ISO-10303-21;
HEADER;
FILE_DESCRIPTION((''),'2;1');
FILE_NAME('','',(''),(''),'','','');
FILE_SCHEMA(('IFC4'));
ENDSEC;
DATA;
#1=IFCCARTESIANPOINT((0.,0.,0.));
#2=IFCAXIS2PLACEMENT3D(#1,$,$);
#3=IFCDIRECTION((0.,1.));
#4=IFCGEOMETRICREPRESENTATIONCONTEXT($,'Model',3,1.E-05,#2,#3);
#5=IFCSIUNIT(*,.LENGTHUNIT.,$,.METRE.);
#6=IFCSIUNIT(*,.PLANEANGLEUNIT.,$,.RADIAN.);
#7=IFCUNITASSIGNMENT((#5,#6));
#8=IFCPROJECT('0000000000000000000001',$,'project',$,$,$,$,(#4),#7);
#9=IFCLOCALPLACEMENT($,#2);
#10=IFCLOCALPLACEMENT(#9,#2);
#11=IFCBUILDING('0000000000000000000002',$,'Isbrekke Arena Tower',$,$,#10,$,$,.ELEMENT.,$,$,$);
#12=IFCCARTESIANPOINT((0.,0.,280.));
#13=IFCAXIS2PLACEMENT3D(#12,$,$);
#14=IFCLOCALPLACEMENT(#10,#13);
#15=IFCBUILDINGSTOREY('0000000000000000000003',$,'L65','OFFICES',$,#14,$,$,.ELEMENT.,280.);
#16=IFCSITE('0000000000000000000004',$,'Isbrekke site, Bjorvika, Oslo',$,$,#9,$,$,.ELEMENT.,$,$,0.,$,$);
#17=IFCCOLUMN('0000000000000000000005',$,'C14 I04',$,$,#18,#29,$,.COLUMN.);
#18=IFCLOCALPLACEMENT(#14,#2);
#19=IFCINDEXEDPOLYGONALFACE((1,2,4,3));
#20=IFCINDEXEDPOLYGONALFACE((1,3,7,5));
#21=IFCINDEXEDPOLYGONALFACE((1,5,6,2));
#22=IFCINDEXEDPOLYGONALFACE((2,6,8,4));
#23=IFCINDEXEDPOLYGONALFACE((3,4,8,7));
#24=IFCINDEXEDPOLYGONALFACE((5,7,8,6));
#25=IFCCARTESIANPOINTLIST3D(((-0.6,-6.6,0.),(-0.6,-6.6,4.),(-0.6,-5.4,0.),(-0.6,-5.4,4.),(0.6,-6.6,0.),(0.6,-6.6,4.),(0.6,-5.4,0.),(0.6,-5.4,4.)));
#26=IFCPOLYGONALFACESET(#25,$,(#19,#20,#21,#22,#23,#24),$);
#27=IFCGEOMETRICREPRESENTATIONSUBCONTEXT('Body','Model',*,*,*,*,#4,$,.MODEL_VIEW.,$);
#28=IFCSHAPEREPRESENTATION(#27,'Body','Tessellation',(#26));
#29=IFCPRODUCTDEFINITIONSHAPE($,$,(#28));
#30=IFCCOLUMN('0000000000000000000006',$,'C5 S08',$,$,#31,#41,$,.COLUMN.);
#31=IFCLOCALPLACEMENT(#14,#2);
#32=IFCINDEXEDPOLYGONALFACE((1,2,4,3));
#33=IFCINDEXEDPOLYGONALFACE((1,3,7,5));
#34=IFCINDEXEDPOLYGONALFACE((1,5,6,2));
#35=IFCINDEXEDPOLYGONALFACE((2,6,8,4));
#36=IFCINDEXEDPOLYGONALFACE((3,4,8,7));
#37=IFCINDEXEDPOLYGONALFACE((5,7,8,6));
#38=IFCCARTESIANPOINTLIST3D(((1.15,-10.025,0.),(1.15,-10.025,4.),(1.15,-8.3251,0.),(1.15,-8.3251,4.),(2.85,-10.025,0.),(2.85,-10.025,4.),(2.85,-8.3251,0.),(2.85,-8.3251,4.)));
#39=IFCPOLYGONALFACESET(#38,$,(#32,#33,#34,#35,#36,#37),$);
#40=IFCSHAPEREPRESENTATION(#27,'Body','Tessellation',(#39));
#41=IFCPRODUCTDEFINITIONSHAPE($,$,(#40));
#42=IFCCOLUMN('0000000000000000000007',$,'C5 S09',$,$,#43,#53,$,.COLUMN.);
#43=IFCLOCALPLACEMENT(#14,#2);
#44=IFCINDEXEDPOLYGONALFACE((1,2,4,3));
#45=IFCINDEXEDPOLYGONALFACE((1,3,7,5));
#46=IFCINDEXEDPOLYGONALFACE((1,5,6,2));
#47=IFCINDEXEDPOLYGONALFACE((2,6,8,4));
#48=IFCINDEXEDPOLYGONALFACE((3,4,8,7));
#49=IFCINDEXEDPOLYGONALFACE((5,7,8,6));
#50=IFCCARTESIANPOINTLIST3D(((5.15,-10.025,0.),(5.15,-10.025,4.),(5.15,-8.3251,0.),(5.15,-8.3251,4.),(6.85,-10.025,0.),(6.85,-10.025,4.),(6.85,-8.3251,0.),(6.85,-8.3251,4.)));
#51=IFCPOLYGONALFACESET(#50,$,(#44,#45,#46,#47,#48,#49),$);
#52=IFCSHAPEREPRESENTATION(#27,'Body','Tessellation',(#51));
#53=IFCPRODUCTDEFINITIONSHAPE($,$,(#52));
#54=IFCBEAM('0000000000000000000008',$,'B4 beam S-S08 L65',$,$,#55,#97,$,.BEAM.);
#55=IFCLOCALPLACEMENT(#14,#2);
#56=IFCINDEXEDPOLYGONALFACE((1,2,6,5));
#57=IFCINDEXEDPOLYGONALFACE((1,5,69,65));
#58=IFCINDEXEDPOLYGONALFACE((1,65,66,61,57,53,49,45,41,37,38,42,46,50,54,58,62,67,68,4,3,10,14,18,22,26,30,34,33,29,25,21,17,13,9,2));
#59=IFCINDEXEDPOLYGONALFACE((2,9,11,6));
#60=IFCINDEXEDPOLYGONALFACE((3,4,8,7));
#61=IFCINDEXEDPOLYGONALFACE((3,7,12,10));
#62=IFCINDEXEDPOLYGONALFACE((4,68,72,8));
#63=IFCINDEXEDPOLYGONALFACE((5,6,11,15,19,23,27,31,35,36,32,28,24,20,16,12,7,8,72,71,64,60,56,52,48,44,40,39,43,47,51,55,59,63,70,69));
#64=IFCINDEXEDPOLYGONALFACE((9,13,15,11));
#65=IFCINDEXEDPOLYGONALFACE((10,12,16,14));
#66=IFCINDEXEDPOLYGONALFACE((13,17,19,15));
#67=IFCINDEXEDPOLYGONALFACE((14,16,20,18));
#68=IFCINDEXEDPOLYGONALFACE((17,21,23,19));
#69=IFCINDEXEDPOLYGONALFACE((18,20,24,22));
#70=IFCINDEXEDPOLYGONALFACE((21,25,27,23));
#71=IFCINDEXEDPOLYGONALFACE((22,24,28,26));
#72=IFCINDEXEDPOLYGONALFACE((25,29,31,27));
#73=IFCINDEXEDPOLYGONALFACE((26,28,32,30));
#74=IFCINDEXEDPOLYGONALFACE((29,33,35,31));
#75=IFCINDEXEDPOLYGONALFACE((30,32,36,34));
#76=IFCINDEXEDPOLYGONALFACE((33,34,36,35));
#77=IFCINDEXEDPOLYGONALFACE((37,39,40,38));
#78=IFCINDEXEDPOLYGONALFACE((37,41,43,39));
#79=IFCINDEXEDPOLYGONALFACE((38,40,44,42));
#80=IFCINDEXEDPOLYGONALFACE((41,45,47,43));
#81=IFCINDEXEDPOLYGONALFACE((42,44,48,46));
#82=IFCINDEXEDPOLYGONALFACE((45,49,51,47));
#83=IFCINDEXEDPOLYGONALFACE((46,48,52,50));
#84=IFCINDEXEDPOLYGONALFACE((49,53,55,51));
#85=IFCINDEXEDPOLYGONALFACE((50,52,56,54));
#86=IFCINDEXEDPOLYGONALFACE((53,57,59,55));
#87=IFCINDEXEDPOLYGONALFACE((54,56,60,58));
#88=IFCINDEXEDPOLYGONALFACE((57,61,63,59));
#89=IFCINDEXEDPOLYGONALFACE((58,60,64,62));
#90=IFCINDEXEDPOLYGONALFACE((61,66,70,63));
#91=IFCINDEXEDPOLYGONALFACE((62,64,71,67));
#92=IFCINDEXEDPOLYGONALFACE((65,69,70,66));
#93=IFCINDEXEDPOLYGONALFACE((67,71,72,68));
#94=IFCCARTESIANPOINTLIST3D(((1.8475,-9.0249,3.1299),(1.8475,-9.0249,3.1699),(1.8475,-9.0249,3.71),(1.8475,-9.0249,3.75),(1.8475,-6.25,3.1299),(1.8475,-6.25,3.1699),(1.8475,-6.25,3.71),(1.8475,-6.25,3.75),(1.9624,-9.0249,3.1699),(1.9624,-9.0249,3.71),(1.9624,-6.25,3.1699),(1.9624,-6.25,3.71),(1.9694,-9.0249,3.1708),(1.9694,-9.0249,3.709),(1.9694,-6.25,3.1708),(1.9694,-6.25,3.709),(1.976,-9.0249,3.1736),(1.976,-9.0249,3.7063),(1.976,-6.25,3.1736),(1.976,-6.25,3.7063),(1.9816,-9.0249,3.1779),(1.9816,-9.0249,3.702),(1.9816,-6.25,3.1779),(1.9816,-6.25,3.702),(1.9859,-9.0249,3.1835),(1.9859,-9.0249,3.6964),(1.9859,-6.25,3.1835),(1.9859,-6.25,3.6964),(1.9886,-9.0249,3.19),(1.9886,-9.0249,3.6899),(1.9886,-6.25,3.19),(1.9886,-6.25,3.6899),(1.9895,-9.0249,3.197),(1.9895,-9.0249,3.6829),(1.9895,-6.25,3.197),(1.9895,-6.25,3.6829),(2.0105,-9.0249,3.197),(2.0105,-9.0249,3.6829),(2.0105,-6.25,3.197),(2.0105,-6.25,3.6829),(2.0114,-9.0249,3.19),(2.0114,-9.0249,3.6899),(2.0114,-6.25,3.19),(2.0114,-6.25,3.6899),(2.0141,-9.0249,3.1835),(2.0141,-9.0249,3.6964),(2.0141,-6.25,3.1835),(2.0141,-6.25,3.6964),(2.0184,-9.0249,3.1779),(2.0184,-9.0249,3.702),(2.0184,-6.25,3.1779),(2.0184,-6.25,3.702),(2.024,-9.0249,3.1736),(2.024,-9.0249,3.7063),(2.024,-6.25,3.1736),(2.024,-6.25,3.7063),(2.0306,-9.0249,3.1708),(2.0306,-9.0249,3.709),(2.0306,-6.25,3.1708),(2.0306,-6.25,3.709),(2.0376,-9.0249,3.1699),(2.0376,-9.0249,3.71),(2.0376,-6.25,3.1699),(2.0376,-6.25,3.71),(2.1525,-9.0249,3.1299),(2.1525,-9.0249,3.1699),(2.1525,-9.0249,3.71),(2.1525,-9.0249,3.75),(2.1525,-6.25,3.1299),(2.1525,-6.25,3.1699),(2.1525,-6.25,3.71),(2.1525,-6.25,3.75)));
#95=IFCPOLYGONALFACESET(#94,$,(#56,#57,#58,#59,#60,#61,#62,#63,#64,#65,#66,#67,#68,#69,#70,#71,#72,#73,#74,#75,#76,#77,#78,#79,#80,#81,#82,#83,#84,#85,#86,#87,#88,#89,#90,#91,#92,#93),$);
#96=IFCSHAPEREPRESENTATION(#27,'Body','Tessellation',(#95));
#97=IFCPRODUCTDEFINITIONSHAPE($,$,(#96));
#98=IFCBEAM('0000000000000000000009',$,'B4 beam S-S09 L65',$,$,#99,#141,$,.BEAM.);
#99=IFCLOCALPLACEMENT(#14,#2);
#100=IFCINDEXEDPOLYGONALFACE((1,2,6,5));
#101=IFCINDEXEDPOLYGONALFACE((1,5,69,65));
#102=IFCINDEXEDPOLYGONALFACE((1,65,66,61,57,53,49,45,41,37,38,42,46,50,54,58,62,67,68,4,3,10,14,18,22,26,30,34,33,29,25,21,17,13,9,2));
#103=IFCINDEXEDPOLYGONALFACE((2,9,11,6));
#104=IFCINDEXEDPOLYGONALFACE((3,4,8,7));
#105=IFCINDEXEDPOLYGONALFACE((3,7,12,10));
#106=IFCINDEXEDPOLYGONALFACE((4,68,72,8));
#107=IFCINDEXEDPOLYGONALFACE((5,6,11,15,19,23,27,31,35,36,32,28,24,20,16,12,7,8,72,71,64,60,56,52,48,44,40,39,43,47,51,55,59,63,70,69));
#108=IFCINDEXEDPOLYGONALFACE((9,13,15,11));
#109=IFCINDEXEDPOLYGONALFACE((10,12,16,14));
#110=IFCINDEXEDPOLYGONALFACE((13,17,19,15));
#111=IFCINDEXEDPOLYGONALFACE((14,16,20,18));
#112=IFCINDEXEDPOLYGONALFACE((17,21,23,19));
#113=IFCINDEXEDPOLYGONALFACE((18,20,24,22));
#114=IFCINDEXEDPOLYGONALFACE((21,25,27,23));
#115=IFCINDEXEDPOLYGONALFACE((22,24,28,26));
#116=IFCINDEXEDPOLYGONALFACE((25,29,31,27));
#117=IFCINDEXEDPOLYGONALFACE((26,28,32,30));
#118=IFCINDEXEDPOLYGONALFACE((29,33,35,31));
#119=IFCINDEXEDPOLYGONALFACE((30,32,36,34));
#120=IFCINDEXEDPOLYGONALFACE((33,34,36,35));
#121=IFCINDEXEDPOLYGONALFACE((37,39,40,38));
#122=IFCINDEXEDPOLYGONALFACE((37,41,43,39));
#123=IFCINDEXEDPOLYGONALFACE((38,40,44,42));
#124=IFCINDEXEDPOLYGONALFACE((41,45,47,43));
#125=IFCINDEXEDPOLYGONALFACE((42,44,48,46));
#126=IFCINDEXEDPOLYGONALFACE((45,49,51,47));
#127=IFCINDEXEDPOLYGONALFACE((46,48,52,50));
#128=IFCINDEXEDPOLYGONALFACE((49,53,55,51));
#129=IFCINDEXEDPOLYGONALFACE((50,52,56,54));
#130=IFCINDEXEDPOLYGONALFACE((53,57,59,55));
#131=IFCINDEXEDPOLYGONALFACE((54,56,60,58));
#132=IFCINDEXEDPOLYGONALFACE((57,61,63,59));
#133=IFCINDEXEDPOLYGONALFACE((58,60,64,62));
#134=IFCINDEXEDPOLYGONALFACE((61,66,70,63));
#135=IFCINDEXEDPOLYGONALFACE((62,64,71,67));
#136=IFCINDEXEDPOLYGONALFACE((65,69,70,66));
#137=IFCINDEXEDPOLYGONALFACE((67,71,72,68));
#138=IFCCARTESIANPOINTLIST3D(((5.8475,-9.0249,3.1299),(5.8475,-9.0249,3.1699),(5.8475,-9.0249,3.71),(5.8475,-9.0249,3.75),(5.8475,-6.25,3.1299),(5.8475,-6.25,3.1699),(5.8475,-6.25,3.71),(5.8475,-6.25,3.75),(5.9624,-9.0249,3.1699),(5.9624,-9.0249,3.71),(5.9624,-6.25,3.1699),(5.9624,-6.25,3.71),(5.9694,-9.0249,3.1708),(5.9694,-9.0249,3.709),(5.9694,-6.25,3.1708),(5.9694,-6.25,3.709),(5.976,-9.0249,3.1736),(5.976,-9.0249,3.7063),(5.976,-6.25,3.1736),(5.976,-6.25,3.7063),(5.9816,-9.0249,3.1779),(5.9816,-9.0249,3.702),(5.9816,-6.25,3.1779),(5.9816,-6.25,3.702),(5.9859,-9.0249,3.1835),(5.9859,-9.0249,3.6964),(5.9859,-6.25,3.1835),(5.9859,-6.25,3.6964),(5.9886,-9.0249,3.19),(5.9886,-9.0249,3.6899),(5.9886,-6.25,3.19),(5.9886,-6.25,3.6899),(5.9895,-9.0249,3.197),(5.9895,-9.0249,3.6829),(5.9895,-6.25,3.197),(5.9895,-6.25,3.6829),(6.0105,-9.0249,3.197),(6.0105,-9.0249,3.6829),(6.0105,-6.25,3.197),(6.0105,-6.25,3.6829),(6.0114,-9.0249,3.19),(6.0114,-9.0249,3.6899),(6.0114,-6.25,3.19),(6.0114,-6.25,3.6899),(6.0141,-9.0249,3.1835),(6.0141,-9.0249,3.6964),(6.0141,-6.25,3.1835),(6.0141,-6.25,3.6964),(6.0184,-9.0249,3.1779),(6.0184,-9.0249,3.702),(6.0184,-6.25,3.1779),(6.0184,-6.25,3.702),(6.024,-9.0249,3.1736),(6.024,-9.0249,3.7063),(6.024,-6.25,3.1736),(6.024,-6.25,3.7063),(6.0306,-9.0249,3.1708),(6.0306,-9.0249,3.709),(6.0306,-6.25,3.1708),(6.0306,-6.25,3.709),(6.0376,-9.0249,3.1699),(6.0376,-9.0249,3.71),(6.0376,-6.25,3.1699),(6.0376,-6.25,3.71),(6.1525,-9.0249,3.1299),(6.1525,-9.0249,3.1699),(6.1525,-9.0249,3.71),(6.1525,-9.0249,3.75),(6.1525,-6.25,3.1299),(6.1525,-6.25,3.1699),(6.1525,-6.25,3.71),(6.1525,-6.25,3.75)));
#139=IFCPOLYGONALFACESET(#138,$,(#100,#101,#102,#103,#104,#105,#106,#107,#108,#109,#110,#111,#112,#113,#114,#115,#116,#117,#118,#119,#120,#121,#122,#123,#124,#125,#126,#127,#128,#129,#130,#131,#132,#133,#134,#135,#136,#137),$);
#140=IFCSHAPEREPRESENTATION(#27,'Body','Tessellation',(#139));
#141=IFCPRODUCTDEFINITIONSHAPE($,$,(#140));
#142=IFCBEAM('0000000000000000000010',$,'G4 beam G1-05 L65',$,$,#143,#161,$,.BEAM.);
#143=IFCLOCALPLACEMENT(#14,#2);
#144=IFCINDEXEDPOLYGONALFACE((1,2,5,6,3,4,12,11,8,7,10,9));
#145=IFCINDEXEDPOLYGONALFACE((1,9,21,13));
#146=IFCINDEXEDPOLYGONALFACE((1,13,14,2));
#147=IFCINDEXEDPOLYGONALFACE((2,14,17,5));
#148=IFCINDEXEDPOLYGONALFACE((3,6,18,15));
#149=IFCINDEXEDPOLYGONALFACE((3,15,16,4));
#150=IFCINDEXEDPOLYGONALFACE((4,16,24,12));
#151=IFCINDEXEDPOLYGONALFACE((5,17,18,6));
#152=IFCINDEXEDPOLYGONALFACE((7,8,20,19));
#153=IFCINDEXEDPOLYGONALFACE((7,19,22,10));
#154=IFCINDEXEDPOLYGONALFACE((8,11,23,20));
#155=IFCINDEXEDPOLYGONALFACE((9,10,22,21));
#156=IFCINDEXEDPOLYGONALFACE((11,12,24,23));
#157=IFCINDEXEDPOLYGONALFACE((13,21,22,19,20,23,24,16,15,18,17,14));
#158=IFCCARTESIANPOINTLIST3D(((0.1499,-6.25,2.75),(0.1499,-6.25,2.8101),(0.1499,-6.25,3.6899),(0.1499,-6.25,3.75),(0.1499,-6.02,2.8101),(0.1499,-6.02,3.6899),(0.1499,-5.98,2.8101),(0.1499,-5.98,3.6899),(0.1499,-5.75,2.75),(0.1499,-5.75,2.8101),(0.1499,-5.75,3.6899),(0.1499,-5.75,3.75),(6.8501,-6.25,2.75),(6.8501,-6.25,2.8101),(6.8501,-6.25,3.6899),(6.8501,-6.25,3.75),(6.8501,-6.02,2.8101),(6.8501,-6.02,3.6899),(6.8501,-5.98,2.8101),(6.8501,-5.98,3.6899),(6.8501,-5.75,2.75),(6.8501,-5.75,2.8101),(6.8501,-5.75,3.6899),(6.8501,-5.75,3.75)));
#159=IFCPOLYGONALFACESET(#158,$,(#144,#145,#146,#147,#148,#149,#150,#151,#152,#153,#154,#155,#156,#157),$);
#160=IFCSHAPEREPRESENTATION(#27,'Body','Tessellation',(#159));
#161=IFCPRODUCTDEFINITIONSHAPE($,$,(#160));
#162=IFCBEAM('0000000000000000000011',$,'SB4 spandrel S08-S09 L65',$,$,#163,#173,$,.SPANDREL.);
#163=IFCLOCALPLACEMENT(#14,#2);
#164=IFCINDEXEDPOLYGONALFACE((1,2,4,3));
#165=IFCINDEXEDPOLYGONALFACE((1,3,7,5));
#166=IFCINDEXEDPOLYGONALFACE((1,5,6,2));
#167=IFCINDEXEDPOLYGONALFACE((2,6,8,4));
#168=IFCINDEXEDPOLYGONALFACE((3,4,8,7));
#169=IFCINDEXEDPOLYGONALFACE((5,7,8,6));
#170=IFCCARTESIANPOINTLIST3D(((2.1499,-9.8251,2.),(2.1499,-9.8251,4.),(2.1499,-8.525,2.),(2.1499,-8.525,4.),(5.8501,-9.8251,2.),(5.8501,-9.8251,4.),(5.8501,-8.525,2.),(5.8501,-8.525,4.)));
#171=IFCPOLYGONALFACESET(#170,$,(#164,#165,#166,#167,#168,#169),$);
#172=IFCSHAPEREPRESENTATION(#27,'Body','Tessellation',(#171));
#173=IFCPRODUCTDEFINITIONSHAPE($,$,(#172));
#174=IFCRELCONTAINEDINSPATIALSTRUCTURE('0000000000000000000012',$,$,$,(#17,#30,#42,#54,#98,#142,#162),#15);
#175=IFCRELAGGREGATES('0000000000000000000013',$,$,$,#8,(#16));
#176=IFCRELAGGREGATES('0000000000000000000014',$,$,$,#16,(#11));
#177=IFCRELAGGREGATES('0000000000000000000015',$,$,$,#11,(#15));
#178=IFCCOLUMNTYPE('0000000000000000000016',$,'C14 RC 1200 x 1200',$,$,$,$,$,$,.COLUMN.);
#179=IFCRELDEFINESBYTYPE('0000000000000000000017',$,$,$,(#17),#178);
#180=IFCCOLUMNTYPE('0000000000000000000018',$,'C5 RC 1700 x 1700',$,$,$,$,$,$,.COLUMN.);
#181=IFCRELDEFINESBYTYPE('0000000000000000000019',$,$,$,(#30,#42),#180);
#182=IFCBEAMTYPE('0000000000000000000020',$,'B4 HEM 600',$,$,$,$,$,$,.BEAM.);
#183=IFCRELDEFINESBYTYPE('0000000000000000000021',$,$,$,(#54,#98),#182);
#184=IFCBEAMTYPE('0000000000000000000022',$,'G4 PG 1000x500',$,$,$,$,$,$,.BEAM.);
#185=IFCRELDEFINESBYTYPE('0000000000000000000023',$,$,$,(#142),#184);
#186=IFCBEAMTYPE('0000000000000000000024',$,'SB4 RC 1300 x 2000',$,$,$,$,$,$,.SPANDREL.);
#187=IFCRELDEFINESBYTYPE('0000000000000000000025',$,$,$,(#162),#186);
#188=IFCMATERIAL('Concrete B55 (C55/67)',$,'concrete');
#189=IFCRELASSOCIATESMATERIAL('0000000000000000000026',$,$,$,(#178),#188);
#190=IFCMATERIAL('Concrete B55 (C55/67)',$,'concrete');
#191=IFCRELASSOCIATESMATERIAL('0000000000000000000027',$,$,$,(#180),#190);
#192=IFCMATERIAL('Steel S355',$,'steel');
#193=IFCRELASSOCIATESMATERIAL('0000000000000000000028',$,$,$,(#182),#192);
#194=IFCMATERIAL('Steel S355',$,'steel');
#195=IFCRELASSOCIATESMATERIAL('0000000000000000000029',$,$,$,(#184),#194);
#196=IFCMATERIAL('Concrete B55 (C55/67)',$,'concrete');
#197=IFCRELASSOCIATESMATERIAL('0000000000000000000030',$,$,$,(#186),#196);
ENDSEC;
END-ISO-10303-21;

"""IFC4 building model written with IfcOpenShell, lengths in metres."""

from ifc_helpers import new_model, si_unit, direction, frame, origin, origin_2d, place, context, subcontext, project, spatial, rectangle, i_section, extrude, material, material_profile, profile_set, type_object, element, save


model = new_model("IFC4")

# Units and contexts
model_context = context("Model", 3, precision=1e-05, world=origin(), true_north=direction((0.0, 1.0)))
body_context = subcontext(model_context, "Body", "Model", "MODEL_VIEW")
ifc_project = project(units=[si_unit("LENGTHUNIT", "METRE"), si_unit("PLANEANGLEUNIT", "RADIAN")], contexts=[model_context])

# Site, building, storey
site_placement = place(None, origin())
site = spatial("IfcSite", under=ifc_project, at=site_placement, Name="Isbrekke site, Bjorvika, Oslo", CompositionType="ELEMENT", RefElevation=0.0)
building_placement = place(site_placement, origin())
building = spatial("IfcBuilding", under=site, at=building_placement, Name="Isbrekke Arena Tower", CompositionType="ELEMENT")
storey_placement = place(building_placement, frame((0.0, 0.0, 280.0)))
storey = spatial("IfcBuildingStorey", under=building, at=storey_placement, Name="L65", Description="OFFICES", CompositionType="ELEMENT", Elevation=280.0)

# Columns
ifc_material_1 = material(Name="Concrete B55 (C55/67)", Category="concrete")
ifc_material_profile_1 = material_profile(ifc_material_1, rectangle(XDim=1.2, YDim=1.2, at=origin_2d()), Name="RC 1200x1200")
ifc_profile_set_1 = profile_set([ifc_material_profile_1], Name="Concrete B55 (C55/67)")
column_type_1 = type_object("IfcColumnType", Name="C14 RC 1200 x 1200", PredefinedType="COLUMN", material=ifc_profile_set_1)
column_placement = place(storey_placement, frame((0.0, -6.0, 0.0), z_axis=(0.0, 0.0, 1.0), x_axis=(1.0, 0.0, 0.0)))
element("IfcColumn", 1, at=column_placement, inside=storey, type_object=column_type_1, Name="C14 I04", PredefinedType="COLUMN", context=body_context, shape_type="SweptSolid", body=[
    extrude(rectangle(XDim=1.2, YDim=1.2, at=origin_2d()), origin(), (0.0, 0.0, 1.0), 4.0),
])
ifc_material_2 = material(Name="Concrete B55 (C55/67)", Category="concrete")
ifc_material_profile_2 = material_profile(ifc_material_2, rectangle(XDim=1.7, YDim=1.7, at=origin_2d()), Name="RC 1700x1700")
ifc_profile_set_2 = profile_set([ifc_material_profile_2], Name="Concrete B55 (C55/67)")
column_type_2 = type_object("IfcColumnType", Name="C5 RC 1700 x 1700", PredefinedType="COLUMN", material=ifc_profile_set_2)
for number, where, z_axis, x_axis, name in (
    (2, (2.0, -9.175, 0.0), (0.0, 0.0, 1.0), (1.0, 0.0, 0.0), "C5 S08"),
    (3, (6.0, -9.175, 0.0), (0.0, 0.0, 1.0), (1.0, 0.0, 0.0), "C5 S09"),
):
    element("IfcColumn", number, at=place(storey_placement, frame(where, z_axis=z_axis, x_axis=x_axis)), inside=storey, type_object=column_type_2, Name=name, PredefinedType="COLUMN", context=body_context, shape_type="SweptSolid", body=[
        extrude(rectangle(XDim=1.7, YDim=1.7, at=origin_2d()), origin(), (0.0, 0.0, 1.0), 4.0),
    ])

# Beams
ifc_material_3 = material(Name="Steel S355", Category="steel")
ifc_material_profile_3 = material_profile(ifc_material_3, i_section(OverallWidth=0.3049, OverallDepth=0.6201, WebThickness=0.021, FlangeThickness=0.04, FilletRadius=0.0271, at=origin_2d()), Name="HEM 600")
ifc_profile_set_3 = profile_set([ifc_material_profile_3], Name="Steel S355")
beam_type_1 = type_object("IfcBeamType", Name="B4 HEM 600", PredefinedType="BEAM", material=ifc_profile_set_3)
for number, where, z_axis, x_axis, name in (
    (4, (2.0, -9.0249, 3.4399), (0.0, 1.0, 0.0), (-1.0, 0.0, 0.0), "B4 beam S-S08 L65"),
    (5, (6.0, -9.0249, 3.4399), (0.0, 1.0, 0.0), (-1.0, 0.0, 0.0), "B4 beam S-S09 L65"),
):
    element("IfcBeam", number, at=place(storey_placement, frame(where, z_axis=z_axis, x_axis=x_axis)), inside=storey, type_object=beam_type_1, Name=name, PredefinedType="BEAM", context=body_context, shape_type="SweptSolid", body=[
        extrude(i_section(OverallWidth=0.3049, OverallDepth=0.6201, WebThickness=0.021, FlangeThickness=0.04, FilletRadius=0.0271, at=origin_2d()), origin(), (0.0, 0.0, 1.0), 2.7749),
    ])
ifc_material_4 = material(Name="Steel S355", Category="steel")
ifc_material_profile_4 = material_profile(ifc_material_4, i_section(OverallWidth=0.5, OverallDepth=1.0, WebThickness=0.04, FlangeThickness=0.0601, at=origin_2d()), Name="PG 1000x500")
ifc_profile_set_4 = profile_set([ifc_material_profile_4], Name="Steel S355")
beam_type_2 = type_object("IfcBeamType", Name="G4 PG 1000x500", PredefinedType="BEAM", material=ifc_profile_set_4)
beam_1_placement = place(storey_placement, frame((0.1499, -6.0, 3.25), z_axis=(1.0, 0.0, 0.0), x_axis=(0.0, 1.0, 0.0)))
element("IfcBeam", 6, at=beam_1_placement, inside=storey, type_object=beam_type_2, Name="G4 beam G1-05 L65", PredefinedType="BEAM", context=body_context, shape_type="SweptSolid", body=[
    extrude(i_section(OverallWidth=0.5, OverallDepth=1.0, WebThickness=0.04, FlangeThickness=0.0601, at=origin_2d()), origin(), (0.0, 0.0, 1.0), 6.7002),
])
ifc_material_5 = material(Name="Concrete B55 (C55/67)", Category="concrete")
ifc_material_profile_5 = material_profile(ifc_material_5, rectangle(XDim=1.3, YDim=2.0, at=origin_2d()), Name="RC 1300x2000")
ifc_profile_set_5 = profile_set([ifc_material_profile_5], Name="Concrete B55 (C55/67)")
beam_type_3 = type_object("IfcBeamType", Name="SB4 RC 1300 x 2000", PredefinedType="SPANDREL", material=ifc_profile_set_5)
beam_2_placement = place(storey_placement, frame((2.1499, -9.175, 3.0), z_axis=(1.0, 0.0, 0.0), x_axis=(0.0, 1.0, 0.0)))
element("IfcBeam", 7, at=beam_2_placement, inside=storey, type_object=beam_type_3, Name="SB4 spandrel S08-S09 L65", PredefinedType="SPANDREL", context=body_context, shape_type="SweptSolid", body=[
    extrude(rectangle(XDim=1.3, YDim=2.0, at=origin_2d()), origin(), (0.0, 0.0, 1.0), 3.7002),
])

save(model, "model.ifc")
